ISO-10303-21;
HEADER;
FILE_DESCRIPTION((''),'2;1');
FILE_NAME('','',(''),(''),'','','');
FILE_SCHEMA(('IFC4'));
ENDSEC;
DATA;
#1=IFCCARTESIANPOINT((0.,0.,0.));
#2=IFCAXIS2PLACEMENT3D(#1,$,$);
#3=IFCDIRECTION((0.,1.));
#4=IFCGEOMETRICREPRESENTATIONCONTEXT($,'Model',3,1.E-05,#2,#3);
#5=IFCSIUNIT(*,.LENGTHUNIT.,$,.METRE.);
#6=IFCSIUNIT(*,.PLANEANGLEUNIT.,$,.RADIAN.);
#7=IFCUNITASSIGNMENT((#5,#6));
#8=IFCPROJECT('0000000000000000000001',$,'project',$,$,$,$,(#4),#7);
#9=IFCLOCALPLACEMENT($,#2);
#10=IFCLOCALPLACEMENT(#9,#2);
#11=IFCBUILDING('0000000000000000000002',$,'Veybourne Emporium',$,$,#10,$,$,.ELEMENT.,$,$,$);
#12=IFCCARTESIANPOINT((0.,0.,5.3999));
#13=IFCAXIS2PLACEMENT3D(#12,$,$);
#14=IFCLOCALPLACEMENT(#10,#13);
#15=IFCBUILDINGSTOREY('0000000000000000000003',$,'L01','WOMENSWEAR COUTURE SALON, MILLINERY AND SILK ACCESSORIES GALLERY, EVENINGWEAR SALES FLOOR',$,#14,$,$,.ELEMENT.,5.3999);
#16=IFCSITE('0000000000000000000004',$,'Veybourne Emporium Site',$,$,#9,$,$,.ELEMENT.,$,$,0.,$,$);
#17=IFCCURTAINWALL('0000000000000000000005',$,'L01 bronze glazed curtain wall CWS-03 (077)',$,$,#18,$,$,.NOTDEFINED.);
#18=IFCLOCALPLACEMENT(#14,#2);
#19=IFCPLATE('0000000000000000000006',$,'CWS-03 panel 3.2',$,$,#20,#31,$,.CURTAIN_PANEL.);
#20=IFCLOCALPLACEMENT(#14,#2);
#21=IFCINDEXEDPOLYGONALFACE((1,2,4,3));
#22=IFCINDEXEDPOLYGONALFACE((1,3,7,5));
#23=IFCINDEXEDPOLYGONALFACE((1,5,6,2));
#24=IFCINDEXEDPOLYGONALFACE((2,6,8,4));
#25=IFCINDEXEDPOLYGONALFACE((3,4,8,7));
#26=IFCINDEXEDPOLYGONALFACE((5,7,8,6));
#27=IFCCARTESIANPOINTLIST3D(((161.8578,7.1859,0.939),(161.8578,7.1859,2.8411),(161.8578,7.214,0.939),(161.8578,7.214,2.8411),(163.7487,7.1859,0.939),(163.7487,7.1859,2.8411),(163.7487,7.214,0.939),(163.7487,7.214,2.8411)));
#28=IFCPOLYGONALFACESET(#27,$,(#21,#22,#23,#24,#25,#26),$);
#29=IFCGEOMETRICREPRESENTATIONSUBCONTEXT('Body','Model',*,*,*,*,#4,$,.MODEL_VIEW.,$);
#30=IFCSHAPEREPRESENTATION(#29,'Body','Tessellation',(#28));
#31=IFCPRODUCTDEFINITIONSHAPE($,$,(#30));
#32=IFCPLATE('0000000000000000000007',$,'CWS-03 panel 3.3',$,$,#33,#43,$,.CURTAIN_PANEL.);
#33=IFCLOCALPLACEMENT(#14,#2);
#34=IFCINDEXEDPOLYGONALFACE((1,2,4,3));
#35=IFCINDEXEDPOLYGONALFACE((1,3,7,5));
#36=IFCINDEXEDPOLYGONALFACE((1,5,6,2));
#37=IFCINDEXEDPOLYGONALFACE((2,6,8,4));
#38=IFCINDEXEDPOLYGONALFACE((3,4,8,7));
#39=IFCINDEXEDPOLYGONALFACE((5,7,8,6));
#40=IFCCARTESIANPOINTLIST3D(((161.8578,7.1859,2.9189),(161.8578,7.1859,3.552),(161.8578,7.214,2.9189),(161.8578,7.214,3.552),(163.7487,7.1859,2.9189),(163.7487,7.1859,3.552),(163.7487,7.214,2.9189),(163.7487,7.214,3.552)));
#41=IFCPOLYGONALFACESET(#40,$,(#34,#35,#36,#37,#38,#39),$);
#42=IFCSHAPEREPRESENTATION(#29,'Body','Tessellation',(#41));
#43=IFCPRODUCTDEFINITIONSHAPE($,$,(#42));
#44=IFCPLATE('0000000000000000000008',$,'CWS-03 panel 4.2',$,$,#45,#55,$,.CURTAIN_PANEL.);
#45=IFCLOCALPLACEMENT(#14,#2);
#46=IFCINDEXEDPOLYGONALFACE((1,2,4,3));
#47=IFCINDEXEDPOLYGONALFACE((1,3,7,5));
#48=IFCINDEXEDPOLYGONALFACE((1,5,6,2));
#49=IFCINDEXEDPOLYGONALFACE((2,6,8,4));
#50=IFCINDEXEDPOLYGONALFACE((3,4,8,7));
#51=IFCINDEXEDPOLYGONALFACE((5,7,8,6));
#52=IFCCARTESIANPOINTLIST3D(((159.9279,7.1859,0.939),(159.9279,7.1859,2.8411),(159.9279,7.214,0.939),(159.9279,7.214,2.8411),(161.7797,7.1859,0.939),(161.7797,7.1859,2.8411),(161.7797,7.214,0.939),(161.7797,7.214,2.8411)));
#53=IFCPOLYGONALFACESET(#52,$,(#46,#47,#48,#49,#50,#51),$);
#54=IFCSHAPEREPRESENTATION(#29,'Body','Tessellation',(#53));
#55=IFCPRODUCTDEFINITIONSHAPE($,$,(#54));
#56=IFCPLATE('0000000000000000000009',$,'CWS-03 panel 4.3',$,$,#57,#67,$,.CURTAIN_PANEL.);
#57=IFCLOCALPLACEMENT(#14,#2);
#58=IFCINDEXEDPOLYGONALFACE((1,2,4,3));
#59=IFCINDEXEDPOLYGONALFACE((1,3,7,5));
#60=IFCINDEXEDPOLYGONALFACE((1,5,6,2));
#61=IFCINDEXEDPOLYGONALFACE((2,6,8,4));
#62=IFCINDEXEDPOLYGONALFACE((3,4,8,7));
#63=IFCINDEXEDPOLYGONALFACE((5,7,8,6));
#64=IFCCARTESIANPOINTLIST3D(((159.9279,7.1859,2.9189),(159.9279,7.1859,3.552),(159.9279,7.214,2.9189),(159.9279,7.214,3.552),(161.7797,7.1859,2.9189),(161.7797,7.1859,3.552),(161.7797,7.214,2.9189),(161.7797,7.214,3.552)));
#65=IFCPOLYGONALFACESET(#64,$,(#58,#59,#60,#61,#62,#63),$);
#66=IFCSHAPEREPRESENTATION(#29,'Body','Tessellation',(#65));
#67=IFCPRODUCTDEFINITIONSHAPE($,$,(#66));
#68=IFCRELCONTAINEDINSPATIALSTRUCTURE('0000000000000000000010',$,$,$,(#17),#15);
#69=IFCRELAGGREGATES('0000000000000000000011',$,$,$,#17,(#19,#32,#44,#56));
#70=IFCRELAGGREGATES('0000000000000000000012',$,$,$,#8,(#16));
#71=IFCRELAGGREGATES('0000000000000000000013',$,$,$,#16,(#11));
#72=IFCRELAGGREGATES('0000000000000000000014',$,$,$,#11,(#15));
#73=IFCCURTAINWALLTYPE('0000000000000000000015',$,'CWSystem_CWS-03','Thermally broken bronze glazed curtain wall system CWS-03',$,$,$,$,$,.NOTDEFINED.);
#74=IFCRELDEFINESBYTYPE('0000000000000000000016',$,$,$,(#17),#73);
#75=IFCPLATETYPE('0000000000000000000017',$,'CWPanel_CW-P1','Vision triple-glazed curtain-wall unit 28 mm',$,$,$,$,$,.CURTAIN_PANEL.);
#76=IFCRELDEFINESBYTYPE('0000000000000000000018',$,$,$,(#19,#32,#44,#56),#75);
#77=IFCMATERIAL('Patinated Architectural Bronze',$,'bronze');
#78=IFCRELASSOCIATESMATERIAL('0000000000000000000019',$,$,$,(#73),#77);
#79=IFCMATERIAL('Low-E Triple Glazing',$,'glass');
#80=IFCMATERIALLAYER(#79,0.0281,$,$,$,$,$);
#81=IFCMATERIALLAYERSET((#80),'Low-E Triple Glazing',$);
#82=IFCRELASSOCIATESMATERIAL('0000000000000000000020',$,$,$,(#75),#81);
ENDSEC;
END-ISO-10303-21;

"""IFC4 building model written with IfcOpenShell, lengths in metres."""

from ifc_helpers import new_model, si_unit, direction, frame, origin, origin_2d, place, context, subcontext, project, spatial, rectangle, extrude, material, layer, layer_set, type_object, element, aggregate, save


model = new_model("IFC4")

# Units and contexts
model_context = context("Model", 3, precision=1e-05, world=origin(), true_north=direction((0.0, 1.0)))
body_context = subcontext(model_context, "Body", "Model", "MODEL_VIEW")
ifc_project = project(units=[si_unit("LENGTHUNIT", "METRE"), si_unit("PLANEANGLEUNIT", "RADIAN")], contexts=[model_context])

# Site, building, storey
site_placement = place(None, origin())
site = spatial("IfcSite", under=ifc_project, at=site_placement, Name="Veybourne Emporium Site", CompositionType="ELEMENT", RefElevation=0.0)
building_placement = place(site_placement, origin())
building = spatial("IfcBuilding", under=site, at=building_placement, Name="Veybourne Emporium", CompositionType="ELEMENT")
storey_placement = place(building_placement, frame((0.0, 0.0, 5.3999)))
storey = spatial("IfcBuildingStorey", under=building, at=storey_placement, Name="L01", Description="WOMENSWEAR COUTURE SALON, MILLINERY AND SILK ACCESSORIES GALLERY, EVENINGWEAR SALES FLOOR", CompositionType="ELEMENT", Elevation=5.3999)

# Curtain wall, plates
ifc_material_1 = material(Name="Patinated Architectural Bronze", Category="bronze")
curtain_wall_type = type_object("IfcCurtainWallType", Name="CWSystem_CWS-03", Description="Thermally broken bronze glazed curtain wall system CWS-03", PredefinedType="NOTDEFINED", material=ifc_material_1)
curtain_wall_placement = place(storey_placement, origin())
curtain_wall = element("IfcCurtainWall", 1, at=curtain_wall_placement, inside=storey, type_object=curtain_wall_type, Name="L01 bronze glazed curtain wall CWS-03 (077)", PredefinedType="NOTDEFINED")
ifc_material_2 = material(Name="Low-E Triple Glazing", Category="glass")
ifc_layer = layer(ifc_material_2, 0.0281)
ifc_layer_set = layer_set([ifc_layer], Name="Low-E Triple Glazing")
plate_type = type_object("IfcPlateType", Name="CWPanel_CW-P1", Description="Vision triple-glazed curtain-wall unit 28 mm", PredefinedType="CURTAIN_PANEL", material=ifc_layer_set)
plate_1_placement = place(storey_placement, frame((162.8032, 7.2, 0.939), z_axis=(0.0, 0.0, 1.0), x_axis=(-1.0, 0.0, 0.0)))
plate_1 = element("IfcPlate", 2, at=plate_1_placement, type_object=plate_type, Name="CWS-03 panel 3.2", PredefinedType="CURTAIN_PANEL", context=body_context, shape_type="SweptSolid", body=[
    extrude(rectangle(XDim=1.8909, YDim=0.0281, at=origin_2d()), origin(), (0.0, 0.0, 1.0), 1.9021),
])
plate_2_placement = place(storey_placement, frame((162.8032, 7.2, 2.9189), z_axis=(0.0, 0.0, 1.0), x_axis=(-1.0, 0.0, 0.0)))
plate_2 = element("IfcPlate", 3, at=plate_2_placement, type_object=plate_type, Name="CWS-03 panel 3.3", PredefinedType="CURTAIN_PANEL", context=body_context, shape_type="SweptSolid", body=[
    extrude(rectangle(XDim=1.8909, YDim=0.0281, at=origin_2d()), origin(), (0.0, 0.0, 1.0), 0.6331),
])
plate_3_placement = place(storey_placement, frame((160.8538, 7.2, 0.939), z_axis=(0.0, 0.0, 1.0), x_axis=(-1.0, 0.0, 0.0)))
plate_3 = element("IfcPlate", 4, at=plate_3_placement, type_object=plate_type, Name="CWS-03 panel 4.2", PredefinedType="CURTAIN_PANEL", context=body_context, shape_type="SweptSolid", body=[
    extrude(rectangle(XDim=1.8518, YDim=0.0281, at=origin_2d()), origin(), (0.0, 0.0, 1.0), 1.9021),
])
plate_4_placement = place(storey_placement, frame((160.8538, 7.2, 2.9189), z_axis=(0.0, 0.0, 1.0), x_axis=(-1.0, 0.0, 0.0)))
plate_4 = element("IfcPlate", 5, at=plate_4_placement, type_object=plate_type, Name="CWS-03 panel 4.3", PredefinedType="CURTAIN_PANEL", context=body_context, shape_type="SweptSolid", body=[
    extrude(rectangle(XDim=1.8518, YDim=0.0281, at=origin_2d()), origin(), (0.0, 0.0, 1.0), 0.6331),
])
aggregate(curtain_wall, [plate_1, plate_2, plate_3, plate_4])

save(model, "model.ifc")
